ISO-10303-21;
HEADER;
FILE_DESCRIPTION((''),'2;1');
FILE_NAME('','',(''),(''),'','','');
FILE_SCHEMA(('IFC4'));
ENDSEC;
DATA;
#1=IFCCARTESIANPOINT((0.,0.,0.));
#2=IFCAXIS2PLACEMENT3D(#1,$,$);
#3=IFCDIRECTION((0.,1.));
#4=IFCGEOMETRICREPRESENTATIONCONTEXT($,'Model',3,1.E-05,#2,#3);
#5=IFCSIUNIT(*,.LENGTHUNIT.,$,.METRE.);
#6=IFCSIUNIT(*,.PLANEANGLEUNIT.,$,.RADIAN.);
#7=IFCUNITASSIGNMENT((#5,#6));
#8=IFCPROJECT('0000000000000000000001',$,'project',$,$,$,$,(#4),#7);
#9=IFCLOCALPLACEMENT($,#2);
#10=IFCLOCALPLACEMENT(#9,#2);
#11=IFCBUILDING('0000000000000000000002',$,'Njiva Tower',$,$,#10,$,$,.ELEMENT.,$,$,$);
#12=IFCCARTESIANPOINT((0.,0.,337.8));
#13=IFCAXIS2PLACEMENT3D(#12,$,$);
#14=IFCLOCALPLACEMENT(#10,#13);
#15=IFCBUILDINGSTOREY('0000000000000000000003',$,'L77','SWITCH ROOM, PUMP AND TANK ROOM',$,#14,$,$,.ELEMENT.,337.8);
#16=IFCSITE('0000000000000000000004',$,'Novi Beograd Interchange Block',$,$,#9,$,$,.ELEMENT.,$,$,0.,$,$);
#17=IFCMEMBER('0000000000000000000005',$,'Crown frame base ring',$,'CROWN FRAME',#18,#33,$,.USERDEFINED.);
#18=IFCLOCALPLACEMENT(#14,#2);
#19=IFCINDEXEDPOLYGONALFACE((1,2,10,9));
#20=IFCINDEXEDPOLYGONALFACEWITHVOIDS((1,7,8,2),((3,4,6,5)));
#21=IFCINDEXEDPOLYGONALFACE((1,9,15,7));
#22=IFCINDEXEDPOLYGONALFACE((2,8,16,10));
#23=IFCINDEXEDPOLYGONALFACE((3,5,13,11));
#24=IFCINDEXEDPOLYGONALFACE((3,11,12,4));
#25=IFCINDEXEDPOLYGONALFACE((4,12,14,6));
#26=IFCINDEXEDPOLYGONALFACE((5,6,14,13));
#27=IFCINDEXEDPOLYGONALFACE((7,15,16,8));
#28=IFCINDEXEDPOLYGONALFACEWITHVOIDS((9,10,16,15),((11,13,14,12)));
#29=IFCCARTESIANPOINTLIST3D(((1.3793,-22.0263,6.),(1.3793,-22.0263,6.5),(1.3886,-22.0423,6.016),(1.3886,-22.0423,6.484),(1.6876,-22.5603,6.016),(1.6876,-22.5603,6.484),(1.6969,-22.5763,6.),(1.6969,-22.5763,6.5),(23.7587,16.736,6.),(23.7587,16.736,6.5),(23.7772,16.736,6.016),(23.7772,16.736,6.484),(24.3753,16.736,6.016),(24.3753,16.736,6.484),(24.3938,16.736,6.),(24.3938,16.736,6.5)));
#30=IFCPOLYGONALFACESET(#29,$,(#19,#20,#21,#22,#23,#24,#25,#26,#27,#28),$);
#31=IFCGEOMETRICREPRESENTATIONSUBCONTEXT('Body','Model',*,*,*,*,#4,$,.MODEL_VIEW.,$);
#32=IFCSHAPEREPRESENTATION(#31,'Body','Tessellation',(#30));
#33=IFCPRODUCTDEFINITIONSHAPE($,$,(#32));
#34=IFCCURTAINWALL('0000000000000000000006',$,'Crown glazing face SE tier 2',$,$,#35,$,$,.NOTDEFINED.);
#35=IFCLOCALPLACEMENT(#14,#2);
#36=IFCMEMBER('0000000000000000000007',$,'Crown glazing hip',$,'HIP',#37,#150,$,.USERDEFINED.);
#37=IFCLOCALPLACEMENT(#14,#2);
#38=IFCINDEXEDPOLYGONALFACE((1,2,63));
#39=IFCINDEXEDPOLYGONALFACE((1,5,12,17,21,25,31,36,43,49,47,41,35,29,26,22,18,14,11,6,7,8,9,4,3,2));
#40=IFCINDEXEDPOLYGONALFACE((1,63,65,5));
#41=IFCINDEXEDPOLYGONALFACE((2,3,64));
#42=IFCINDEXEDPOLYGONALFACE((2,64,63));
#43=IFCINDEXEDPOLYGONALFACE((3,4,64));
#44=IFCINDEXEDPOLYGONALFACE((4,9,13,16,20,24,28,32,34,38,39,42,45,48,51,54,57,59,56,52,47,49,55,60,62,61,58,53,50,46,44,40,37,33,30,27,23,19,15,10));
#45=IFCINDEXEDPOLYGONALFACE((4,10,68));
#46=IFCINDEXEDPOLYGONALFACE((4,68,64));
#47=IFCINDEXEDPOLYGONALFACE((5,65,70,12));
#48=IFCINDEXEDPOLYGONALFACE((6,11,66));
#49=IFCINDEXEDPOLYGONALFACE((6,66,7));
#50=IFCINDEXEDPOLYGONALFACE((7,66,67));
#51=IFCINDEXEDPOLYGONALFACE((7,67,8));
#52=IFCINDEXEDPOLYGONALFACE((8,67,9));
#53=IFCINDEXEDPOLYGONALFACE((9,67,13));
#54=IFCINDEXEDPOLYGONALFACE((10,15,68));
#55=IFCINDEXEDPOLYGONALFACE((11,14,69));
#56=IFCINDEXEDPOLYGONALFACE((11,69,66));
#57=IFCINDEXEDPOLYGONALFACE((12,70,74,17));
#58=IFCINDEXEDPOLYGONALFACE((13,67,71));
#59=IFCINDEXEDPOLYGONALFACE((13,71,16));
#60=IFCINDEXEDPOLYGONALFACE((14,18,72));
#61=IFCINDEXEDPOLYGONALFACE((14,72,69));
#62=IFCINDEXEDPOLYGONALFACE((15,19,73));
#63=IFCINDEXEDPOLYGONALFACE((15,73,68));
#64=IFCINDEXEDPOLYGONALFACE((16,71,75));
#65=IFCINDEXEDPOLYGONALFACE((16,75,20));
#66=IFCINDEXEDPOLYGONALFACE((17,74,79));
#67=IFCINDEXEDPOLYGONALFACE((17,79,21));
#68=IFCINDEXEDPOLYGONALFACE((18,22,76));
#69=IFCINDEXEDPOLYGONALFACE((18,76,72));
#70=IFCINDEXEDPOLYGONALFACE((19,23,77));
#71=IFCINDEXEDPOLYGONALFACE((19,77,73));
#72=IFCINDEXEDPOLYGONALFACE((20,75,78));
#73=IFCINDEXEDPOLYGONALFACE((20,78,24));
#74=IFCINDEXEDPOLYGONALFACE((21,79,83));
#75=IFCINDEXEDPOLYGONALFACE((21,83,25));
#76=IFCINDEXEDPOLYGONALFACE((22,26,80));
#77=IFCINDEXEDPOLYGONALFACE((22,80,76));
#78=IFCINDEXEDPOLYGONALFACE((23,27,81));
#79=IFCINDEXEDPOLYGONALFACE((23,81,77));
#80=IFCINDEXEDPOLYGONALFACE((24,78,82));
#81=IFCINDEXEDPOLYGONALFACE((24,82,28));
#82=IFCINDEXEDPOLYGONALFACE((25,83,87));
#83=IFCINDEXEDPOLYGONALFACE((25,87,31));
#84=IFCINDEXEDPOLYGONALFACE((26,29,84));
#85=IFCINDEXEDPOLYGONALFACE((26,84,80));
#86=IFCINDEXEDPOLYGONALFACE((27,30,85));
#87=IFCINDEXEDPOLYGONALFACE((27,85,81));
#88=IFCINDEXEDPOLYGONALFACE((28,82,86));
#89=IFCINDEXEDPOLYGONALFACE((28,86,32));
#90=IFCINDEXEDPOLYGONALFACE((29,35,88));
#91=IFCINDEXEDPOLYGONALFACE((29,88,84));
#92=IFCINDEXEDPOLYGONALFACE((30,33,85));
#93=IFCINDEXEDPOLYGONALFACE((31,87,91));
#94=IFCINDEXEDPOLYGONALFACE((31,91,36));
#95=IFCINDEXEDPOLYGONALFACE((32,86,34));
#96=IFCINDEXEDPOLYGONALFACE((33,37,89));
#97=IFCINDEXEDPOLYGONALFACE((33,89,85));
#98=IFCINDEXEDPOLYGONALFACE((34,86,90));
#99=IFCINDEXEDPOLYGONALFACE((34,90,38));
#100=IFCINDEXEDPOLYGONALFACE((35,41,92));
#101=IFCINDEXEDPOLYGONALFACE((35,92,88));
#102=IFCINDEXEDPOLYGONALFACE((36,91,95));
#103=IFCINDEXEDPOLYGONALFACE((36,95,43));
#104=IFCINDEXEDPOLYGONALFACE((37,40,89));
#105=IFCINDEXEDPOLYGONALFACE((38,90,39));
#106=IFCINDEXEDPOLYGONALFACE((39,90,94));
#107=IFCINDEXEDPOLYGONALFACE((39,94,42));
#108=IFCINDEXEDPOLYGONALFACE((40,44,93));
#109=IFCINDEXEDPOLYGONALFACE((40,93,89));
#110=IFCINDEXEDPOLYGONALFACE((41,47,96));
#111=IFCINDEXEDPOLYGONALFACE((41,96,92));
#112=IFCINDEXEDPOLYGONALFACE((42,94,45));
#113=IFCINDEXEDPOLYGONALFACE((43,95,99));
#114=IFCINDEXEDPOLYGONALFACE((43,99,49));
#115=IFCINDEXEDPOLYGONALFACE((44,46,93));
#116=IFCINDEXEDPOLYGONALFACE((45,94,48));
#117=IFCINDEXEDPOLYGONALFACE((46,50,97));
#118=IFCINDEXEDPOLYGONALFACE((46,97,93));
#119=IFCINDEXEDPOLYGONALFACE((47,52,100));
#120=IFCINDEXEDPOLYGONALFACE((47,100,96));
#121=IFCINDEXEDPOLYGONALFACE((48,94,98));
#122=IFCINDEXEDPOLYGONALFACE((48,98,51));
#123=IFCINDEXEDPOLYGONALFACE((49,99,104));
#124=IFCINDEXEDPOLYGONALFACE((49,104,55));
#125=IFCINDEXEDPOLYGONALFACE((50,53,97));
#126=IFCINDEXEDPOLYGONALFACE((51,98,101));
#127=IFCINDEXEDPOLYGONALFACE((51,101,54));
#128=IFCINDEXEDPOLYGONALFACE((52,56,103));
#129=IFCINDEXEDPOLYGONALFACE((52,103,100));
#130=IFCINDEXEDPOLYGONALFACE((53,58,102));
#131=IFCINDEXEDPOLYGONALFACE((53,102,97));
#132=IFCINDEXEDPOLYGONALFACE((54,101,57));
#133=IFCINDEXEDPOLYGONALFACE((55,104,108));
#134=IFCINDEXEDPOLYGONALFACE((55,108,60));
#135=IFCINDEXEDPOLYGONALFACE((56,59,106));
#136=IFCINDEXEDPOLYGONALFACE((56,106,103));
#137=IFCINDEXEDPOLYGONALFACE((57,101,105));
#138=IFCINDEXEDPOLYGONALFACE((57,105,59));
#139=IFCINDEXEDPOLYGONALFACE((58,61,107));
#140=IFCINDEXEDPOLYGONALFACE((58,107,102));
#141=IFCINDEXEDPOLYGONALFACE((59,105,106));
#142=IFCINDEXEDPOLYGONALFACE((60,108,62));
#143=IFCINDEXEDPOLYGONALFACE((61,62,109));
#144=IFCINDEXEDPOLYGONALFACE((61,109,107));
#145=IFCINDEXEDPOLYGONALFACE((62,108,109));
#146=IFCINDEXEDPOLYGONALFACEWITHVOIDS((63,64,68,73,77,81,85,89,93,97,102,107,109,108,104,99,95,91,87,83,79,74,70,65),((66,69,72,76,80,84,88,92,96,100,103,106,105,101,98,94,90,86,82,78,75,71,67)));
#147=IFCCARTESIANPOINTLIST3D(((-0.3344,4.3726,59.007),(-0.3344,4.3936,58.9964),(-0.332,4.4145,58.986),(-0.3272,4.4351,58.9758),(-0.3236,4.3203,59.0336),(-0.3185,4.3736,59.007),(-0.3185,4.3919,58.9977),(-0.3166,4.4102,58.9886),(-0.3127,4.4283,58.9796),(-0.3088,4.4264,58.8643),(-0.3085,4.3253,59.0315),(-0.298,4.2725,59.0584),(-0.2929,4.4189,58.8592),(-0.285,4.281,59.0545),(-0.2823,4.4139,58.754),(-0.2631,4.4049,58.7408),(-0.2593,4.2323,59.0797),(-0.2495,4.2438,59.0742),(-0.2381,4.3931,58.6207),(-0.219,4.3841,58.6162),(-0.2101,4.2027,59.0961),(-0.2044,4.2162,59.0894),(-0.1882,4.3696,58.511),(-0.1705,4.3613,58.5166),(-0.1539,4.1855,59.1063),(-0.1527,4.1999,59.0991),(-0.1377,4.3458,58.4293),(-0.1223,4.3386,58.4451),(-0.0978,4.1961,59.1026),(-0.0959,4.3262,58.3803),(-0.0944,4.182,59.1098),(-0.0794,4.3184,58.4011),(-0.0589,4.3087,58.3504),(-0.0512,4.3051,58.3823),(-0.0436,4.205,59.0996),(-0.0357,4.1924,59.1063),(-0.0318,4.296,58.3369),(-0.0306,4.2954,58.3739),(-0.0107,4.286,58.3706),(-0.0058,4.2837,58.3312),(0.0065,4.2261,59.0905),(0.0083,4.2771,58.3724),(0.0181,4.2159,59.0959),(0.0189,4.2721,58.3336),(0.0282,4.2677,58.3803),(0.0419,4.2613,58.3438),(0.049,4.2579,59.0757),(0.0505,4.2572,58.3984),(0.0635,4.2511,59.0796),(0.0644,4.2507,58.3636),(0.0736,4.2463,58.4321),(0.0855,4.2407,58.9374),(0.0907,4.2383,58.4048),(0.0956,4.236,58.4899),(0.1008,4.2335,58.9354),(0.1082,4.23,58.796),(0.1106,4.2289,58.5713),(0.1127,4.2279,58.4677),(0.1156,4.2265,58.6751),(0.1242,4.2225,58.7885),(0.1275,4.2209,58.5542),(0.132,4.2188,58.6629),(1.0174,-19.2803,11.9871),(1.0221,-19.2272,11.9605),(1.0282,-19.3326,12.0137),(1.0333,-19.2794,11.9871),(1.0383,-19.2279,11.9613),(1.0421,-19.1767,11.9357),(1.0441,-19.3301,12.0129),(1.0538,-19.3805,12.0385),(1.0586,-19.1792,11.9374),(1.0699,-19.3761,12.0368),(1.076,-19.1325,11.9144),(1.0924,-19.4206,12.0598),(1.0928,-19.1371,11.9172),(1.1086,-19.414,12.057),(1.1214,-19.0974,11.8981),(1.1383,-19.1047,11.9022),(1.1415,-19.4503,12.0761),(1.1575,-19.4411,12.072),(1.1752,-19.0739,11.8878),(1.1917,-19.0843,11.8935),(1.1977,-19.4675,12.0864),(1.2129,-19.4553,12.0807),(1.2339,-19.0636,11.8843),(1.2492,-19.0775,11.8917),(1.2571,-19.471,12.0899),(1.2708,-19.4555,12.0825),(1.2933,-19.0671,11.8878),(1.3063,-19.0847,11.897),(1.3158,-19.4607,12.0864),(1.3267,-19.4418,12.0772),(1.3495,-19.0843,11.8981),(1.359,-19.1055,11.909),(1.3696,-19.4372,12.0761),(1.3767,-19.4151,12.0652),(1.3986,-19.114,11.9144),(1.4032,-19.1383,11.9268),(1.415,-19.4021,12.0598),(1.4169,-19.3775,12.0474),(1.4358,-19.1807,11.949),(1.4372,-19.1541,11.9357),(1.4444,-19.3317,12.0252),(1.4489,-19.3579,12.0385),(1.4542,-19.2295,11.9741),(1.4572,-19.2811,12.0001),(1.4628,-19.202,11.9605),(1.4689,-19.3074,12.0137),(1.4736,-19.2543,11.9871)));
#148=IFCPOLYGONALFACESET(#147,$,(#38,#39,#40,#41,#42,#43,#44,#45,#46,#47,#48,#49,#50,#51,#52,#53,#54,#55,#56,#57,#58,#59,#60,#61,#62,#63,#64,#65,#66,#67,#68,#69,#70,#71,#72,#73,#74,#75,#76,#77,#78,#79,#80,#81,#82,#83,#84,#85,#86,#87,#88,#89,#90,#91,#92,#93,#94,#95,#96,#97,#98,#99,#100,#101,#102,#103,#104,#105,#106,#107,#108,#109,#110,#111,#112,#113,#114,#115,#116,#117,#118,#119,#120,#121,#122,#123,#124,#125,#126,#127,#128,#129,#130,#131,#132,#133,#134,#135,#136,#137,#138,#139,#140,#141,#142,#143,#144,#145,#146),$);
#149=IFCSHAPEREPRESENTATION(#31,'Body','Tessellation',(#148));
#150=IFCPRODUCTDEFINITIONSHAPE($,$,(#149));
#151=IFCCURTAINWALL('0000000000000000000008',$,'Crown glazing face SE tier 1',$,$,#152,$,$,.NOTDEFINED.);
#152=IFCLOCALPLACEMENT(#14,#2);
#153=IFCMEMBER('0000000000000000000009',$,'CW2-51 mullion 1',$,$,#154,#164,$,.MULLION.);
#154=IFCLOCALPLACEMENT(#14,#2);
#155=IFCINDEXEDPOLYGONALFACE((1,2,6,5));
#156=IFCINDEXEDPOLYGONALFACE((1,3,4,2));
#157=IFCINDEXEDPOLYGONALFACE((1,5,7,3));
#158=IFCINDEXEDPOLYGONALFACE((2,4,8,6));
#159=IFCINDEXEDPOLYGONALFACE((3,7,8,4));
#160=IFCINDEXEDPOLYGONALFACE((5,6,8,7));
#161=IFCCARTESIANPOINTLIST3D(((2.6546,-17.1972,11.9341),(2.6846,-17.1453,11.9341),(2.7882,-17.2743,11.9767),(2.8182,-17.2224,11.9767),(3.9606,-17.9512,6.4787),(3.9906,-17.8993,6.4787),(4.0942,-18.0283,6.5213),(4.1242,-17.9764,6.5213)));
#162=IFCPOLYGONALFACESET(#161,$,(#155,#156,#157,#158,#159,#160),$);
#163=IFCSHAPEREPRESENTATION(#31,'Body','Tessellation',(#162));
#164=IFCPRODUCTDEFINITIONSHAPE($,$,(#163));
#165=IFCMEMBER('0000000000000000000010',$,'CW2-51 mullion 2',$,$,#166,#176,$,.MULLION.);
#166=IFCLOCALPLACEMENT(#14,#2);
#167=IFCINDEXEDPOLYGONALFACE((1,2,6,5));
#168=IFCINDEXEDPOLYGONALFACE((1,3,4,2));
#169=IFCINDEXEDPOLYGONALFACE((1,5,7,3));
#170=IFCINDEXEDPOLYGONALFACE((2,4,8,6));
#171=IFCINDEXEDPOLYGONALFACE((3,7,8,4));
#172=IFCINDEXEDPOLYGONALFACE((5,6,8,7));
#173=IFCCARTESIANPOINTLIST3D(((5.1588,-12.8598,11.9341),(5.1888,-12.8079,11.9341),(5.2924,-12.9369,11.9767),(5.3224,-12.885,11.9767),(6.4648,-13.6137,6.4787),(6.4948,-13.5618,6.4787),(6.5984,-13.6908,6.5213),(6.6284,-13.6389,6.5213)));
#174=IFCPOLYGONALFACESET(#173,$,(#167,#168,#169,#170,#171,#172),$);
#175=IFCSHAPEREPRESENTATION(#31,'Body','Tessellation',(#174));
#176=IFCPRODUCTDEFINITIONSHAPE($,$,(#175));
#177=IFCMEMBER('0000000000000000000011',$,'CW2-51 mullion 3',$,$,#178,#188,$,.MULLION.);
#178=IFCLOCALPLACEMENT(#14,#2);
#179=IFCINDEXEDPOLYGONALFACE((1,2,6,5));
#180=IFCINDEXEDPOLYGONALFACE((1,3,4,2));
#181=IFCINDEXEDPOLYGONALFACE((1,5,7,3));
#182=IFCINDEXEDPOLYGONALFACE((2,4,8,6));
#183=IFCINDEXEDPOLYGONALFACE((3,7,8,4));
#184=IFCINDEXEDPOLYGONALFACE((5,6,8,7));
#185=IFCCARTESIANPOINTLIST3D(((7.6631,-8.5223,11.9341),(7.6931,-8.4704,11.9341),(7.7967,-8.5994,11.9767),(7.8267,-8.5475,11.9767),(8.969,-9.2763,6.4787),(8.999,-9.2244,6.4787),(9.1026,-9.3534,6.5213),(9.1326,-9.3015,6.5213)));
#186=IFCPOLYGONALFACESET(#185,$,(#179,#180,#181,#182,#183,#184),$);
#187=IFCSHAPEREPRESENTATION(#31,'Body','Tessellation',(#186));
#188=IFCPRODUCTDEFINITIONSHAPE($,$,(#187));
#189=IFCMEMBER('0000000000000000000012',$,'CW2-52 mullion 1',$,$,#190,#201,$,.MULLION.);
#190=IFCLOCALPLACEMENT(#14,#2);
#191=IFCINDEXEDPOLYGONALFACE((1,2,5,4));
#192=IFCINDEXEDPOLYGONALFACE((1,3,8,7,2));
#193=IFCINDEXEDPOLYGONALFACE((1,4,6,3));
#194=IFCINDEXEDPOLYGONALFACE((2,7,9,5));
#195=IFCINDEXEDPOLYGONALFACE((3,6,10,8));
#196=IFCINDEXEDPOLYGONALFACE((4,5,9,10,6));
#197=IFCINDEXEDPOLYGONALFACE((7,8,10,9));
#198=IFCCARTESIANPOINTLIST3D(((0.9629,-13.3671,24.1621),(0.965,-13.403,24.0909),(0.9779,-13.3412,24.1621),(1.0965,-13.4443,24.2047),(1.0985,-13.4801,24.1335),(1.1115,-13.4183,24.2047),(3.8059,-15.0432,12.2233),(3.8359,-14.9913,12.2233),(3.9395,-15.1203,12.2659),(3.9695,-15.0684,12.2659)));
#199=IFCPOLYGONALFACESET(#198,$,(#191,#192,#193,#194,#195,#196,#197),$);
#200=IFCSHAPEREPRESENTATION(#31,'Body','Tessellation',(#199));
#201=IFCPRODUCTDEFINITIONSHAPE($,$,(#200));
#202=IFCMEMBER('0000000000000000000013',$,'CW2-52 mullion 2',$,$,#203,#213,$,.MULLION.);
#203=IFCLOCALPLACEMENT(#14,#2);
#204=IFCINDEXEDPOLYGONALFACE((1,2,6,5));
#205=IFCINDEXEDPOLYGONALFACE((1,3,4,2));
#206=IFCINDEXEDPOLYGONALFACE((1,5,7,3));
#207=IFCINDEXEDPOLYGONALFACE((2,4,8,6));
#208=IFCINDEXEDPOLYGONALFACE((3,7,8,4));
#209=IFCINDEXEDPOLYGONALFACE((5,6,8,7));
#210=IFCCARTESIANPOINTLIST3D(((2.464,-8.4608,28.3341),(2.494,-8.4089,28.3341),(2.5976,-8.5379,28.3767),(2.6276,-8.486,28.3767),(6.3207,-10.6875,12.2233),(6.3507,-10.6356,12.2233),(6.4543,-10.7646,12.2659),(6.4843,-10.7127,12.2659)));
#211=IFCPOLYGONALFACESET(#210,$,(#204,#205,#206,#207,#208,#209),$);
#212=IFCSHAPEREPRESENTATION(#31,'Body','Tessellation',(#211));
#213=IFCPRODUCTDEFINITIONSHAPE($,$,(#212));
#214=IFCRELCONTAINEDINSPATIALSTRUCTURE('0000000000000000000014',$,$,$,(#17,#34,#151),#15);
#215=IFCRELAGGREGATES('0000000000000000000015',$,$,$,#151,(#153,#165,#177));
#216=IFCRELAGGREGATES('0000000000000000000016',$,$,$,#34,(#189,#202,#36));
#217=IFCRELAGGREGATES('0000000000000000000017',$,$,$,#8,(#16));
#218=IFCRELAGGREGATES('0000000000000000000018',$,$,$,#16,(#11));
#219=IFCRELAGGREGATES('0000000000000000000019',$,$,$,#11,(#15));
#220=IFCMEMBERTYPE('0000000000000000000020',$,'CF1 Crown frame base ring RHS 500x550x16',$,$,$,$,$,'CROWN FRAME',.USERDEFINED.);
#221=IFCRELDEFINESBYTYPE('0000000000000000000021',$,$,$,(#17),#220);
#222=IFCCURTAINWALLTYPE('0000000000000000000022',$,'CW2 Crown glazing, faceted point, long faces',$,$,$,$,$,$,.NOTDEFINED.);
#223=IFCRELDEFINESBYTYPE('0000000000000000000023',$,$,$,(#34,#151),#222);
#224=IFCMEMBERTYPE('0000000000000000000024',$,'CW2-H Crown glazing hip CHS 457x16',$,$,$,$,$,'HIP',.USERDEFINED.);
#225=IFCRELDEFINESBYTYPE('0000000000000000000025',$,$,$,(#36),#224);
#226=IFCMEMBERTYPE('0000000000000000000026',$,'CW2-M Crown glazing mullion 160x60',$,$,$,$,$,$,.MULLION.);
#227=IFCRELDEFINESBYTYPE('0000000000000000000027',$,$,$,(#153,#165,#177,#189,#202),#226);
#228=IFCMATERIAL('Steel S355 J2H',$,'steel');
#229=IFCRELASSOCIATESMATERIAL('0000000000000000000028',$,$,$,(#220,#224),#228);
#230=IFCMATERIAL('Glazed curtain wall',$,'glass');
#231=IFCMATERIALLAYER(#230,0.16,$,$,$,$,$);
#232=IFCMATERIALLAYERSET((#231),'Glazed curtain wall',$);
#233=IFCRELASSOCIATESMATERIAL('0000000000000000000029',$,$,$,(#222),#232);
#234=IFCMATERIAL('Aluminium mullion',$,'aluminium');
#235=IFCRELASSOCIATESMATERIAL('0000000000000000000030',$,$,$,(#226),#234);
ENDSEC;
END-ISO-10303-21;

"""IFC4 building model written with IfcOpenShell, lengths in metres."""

from ifc_helpers import new_model, si_unit, direction, frame, origin, origin_2d, place, context, subcontext, project, spatial, rectangle, hollow_rectangle, hollow_circle, extrude, clip, halfspace, material, layer, layer_set, material_profile, profile_set, type_object, element, aggregate, save


model = new_model("IFC4")

# Units and contexts
model_context = context("Model", 3, precision=1e-05, world=origin(), true_north=direction((0.0, 1.0)))
body_context = subcontext(model_context, "Body", "Model", "MODEL_VIEW")
ifc_project = project(units=[si_unit("LENGTHUNIT", "METRE"), si_unit("PLANEANGLEUNIT", "RADIAN")], contexts=[model_context])

# Site, building, storey
site_placement = place(None, origin())
site = spatial("IfcSite", under=ifc_project, at=site_placement, Name="Novi Beograd Interchange Block", CompositionType="ELEMENT", RefElevation=0.0)
building_placement = place(site_placement, origin())
building = spatial("IfcBuilding", under=site, at=building_placement, Name="Njiva Tower", CompositionType="ELEMENT")
storey_placement = place(building_placement, frame((0.0, 0.0, 337.8)))
storey = spatial("IfcBuildingStorey", under=building, at=storey_placement, Name="L77", Description="SWITCH ROOM, PUMP AND TANK ROOM", CompositionType="ELEMENT", Elevation=337.8)

# Member
ifc_material_1 = material(Name="Steel S355 J2H", Category="steel")
ifc_material_profile_1 = material_profile(ifc_material_1, hollow_rectangle(XDim=0.55, YDim=0.5, WallThickness=0.016, at=origin_2d()), Name="BOX 500x550x16")
ifc_profile_set_1 = profile_set([ifc_material_profile_1], Name="Steel S355 J2H")
member_type_1 = type_object("IfcMemberType", Name="CF1 Crown frame base ring RHS 500x550x16", ElementType="CROWN FRAME", PredefinedType="USERDEFINED", material=ifc_profile_set_1)
member_1_placement = place(storey_placement, frame((1.2381, -22.8209, 6.25), z_axis=(0.499999, 0.866026, 0.0), x_axis=(-0.866026, 0.499999, 0.0)))
element("IfcMember", 1, at=member_1_placement, inside=storey, type_object=member_type_1, Name="Crown frame base ring", ObjectType="CROWN FRAME", PredefinedType="USERDEFINED", context=body_context, shape_type="Clipping", body=[
    clip(clip(extrude(hollow_rectangle(XDim=0.55, YDim=0.5, WallThickness=0.016, at=origin_2d()), origin(), (0.0, 0.0, 1.0), 46.2763), halfspace(frame((0.0, 0.0, 0.6), z_axis=(0.500001, 0.0, -0.866025), x_axis=(0.0, -1.0, 0.0)), False)), halfspace(frame((0.0, 0.0, 45.6763), z_axis=(0.499999, 0.0, 0.866026), x_axis=(0.0, 1.0, 0.0)), False)),
])

# Curtain wall, member
ifc_material_2 = material(Name="Glazed curtain wall", Category="glass")
ifc_layer_1 = layer(ifc_material_2, 0.16)
ifc_layer_set_1 = layer_set([ifc_layer_1], Name="Glazed curtain wall")
curtain_wall_type_1 = type_object("IfcCurtainWallType", Name="CW2 Crown glazing, faceted point, long faces", PredefinedType="NOTDEFINED", material=ifc_layer_set_1)
curtain_wall_1_placement = place(storey_placement, origin())
curtain_wall_1 = element("IfcCurtainWall", 2, at=curtain_wall_1_placement, inside=storey, type_object=curtain_wall_type_1, Name="Crown glazing face SE tier 2", PredefinedType="NOTDEFINED")
ifc_material_profile_2 = material_profile(ifc_material_1, hollow_circle(Radius=0.2285, WallThickness=0.016, at=origin_2d()), Name="CHS 457x16")
ifc_profile_set_2 = profile_set([ifc_material_profile_2], Name="Steel S355 J2H")
member_type_2 = type_object("IfcMemberType", Name="CW2-H Crown glazing hip CHS 457x16", ElementType="HIP", PredefinedType="USERDEFINED", material=ifc_profile_set_2)
member_2_placement = place(storey_placement, frame((1.2455, -19.2673, 11.9871), z_axis=(-0.025675, 0.449238, 0.893043), x_axis=(-0.998371, -0.057058, 0.0)))
member_2 = element("IfcMember", 3, at=member_2_placement, type_object=member_type_2, Name="Crown glazing hip", ObjectType="HIP", PredefinedType="USERDEFINED", context=body_context, shape_type="Clipping", body=[
    clip(extrude(hollow_circle(Radius=0.2285, WallThickness=0.016, at=origin_2d()), origin(), (0.0, 0.0, 1.0), 52.6513), halfspace(frame((0.0236, 0.0388, 52.6318), z_axis=(-0.476991, -0.784903, 0.395484), x_axis=(0.0, 0.449971, 0.893043)), False)),
])

# Curtain wall, members
curtain_wall_2_placement = place(storey_placement, origin())
curtain_wall_2 = element("IfcCurtainWall", 4, at=curtain_wall_2_placement, inside=storey, type_object=curtain_wall_type_1, Name="Crown glazing face SE tier 1", PredefinedType="NOTDEFINED")
ifc_material_3 = material(Name="Aluminium mullion", Category="aluminium")
ifc_material_profile_3 = material_profile(ifc_material_3, rectangle(XDim=0.16, YDim=0.06, at=origin_2d()), Name="RECT 160x60")
ifc_profile_set_3 = profile_set([ifc_material_profile_3], Name="Aluminium mullion")
member_type_3 = type_object("IfcMemberType", Name="CW2-M Crown glazing mullion 160x60", PredefinedType="MULLION", material=ifc_profile_set_3)
member_3_placement = place(storey_placement, frame((4.0424, -17.9638, 6.5), z_axis=(-0.230742, 0.133216, 0.963852), x_axis=(0.834726, -0.481917, 0.266436)))
member_3 = element("IfcMember", 5, at=member_3_placement, type_object=member_type_3, Name="CW2-51 mullion 1", PredefinedType="MULLION", context=body_context, shape_type="Clipping", body=[
    clip(clip(extrude(rectangle(XDim=0.16, YDim=0.06, at=origin_2d()), origin(), (0.0, 0.0, 1.0), 5.66), halfspace(frame((0.08, 0.0, 0.0), z_axis=(-0.000008, -0.000003, -1.0), x_axis=(0.0, -1.0, 0.000003)), False)), halfspace(frame((0.08, 0.0, 5.66), z_axis=(0.000008, 0.000003, 1.0), x_axis=(0.0, 1.0, -0.000003)), False)),
])
member_4_placement = place(storey_placement, frame((6.5466, -13.6263, 6.5), z_axis=(-0.230743, 0.133198, 0.963855), x_axis=(0.834756, -0.48187, 0.266428)))
member_4 = element("IfcMember", 6, at=member_4_placement, type_object=member_type_3, Name="CW2-51 mullion 2", PredefinedType="MULLION", context=body_context, shape_type="Clipping", body=[
    clip(clip(extrude(rectangle(XDim=0.16, YDim=0.06, at=origin_2d()), origin(), (0.0, 0.0, 1.0), 5.66), halfspace(frame((0.08, 0.0, 0.0), z_axis=(0.0, -0.000018, -1.0), x_axis=(0.0, -1.0, 0.000018)), False)), halfspace(frame((0.08, 0.0001, 5.66), z_axis=(0.0, 0.000018, 1.0), x_axis=(0.0, 1.0, -0.000018)), False)),
])
member_5_placement = place(storey_placement, frame((9.0508, -9.2889, 6.5), z_axis=(-0.230726, 0.133216, 0.963856), x_axis=(0.834714, -0.481947, 0.266422)))
member_5 = element("IfcMember", 7, at=member_5_placement, type_object=member_type_3, Name="CW2-51 mullion 3", PredefinedType="MULLION", context=body_context, shape_type="Clipping", body=[
    clip(clip(extrude(rectangle(XDim=0.16, YDim=0.06, at=origin_2d()), origin(), (0.0, 0.0, 1.0), 5.66), halfspace(frame((0.08, 0.0, 0.0), z_axis=(0.000006, 0.000006, -1.0), x_axis=(0.0, -1.0, -0.000006)), False)), halfspace(frame((0.08, 0.0, 5.66), z_axis=(-0.000006, -0.000006, 1.0), x_axis=(0.0, 1.0, 0.000006)), False)),
])

# Members
member_6_placement = place(storey_placement, frame((3.8877, -15.0558, 12.2446), z_axis=(-0.230735, 0.133217, 0.963854), x_axis=(0.834718, -0.481934, 0.266431)))
member_6 = element("IfcMember", 8, at=member_6_placement, type_object=member_type_3, Name="CW2-52 mullion 1", PredefinedType="MULLION", context=body_context, shape_type="Clipping", body=[
    clip(clip(extrude(rectangle(XDim=0.16, YDim=0.06, at=origin_2d()), origin(), (0.0, 0.0, 1.0), 12.3865), halfspace(frame((0.08, 0.0, 0.0), z_axis=(-0.000002, 0.000002, -1.0), x_axis=(0.0, -1.0, -0.000002)), False)), halfspace(frame((0.08, 0.0, 12.3865), z_axis=(0.000009, -0.926533, 0.376213), x_axis=(0.0, 0.376213, 0.926533)), False)),
])
member_7_placement = place(storey_placement, frame((6.4025, -10.7001, 12.2446), z_axis=(-0.230733, 0.133216, 0.963855), x_axis=(0.834719, -0.481933, 0.266429)))
member_7 = element("IfcMember", 9, at=member_7_placement, type_object=member_type_3, Name="CW2-52 mullion 2", PredefinedType="MULLION", context=body_context, shape_type="Clipping", body=[
    clip(clip(extrude(rectangle(XDim=0.16, YDim=0.06, at=origin_2d()), origin(), (0.0, 0.0, 1.0), 16.715), halfspace(frame((0.08, 0.0, 0.0), z_axis=(0.0, 0.000002, -1.0), x_axis=(0.0, -1.0, -0.000002)), False)), halfspace(frame((0.08, 0.0, 16.715), z_axis=(0.0, -0.000002, 1.0), x_axis=(0.0, 1.0, 0.000002)), False)),
])

aggregate(curtain_wall_2, [member_3, member_4, member_5])
aggregate(curtain_wall_1, [member_6, member_7, member_2])

save(model, "model.ifc")
